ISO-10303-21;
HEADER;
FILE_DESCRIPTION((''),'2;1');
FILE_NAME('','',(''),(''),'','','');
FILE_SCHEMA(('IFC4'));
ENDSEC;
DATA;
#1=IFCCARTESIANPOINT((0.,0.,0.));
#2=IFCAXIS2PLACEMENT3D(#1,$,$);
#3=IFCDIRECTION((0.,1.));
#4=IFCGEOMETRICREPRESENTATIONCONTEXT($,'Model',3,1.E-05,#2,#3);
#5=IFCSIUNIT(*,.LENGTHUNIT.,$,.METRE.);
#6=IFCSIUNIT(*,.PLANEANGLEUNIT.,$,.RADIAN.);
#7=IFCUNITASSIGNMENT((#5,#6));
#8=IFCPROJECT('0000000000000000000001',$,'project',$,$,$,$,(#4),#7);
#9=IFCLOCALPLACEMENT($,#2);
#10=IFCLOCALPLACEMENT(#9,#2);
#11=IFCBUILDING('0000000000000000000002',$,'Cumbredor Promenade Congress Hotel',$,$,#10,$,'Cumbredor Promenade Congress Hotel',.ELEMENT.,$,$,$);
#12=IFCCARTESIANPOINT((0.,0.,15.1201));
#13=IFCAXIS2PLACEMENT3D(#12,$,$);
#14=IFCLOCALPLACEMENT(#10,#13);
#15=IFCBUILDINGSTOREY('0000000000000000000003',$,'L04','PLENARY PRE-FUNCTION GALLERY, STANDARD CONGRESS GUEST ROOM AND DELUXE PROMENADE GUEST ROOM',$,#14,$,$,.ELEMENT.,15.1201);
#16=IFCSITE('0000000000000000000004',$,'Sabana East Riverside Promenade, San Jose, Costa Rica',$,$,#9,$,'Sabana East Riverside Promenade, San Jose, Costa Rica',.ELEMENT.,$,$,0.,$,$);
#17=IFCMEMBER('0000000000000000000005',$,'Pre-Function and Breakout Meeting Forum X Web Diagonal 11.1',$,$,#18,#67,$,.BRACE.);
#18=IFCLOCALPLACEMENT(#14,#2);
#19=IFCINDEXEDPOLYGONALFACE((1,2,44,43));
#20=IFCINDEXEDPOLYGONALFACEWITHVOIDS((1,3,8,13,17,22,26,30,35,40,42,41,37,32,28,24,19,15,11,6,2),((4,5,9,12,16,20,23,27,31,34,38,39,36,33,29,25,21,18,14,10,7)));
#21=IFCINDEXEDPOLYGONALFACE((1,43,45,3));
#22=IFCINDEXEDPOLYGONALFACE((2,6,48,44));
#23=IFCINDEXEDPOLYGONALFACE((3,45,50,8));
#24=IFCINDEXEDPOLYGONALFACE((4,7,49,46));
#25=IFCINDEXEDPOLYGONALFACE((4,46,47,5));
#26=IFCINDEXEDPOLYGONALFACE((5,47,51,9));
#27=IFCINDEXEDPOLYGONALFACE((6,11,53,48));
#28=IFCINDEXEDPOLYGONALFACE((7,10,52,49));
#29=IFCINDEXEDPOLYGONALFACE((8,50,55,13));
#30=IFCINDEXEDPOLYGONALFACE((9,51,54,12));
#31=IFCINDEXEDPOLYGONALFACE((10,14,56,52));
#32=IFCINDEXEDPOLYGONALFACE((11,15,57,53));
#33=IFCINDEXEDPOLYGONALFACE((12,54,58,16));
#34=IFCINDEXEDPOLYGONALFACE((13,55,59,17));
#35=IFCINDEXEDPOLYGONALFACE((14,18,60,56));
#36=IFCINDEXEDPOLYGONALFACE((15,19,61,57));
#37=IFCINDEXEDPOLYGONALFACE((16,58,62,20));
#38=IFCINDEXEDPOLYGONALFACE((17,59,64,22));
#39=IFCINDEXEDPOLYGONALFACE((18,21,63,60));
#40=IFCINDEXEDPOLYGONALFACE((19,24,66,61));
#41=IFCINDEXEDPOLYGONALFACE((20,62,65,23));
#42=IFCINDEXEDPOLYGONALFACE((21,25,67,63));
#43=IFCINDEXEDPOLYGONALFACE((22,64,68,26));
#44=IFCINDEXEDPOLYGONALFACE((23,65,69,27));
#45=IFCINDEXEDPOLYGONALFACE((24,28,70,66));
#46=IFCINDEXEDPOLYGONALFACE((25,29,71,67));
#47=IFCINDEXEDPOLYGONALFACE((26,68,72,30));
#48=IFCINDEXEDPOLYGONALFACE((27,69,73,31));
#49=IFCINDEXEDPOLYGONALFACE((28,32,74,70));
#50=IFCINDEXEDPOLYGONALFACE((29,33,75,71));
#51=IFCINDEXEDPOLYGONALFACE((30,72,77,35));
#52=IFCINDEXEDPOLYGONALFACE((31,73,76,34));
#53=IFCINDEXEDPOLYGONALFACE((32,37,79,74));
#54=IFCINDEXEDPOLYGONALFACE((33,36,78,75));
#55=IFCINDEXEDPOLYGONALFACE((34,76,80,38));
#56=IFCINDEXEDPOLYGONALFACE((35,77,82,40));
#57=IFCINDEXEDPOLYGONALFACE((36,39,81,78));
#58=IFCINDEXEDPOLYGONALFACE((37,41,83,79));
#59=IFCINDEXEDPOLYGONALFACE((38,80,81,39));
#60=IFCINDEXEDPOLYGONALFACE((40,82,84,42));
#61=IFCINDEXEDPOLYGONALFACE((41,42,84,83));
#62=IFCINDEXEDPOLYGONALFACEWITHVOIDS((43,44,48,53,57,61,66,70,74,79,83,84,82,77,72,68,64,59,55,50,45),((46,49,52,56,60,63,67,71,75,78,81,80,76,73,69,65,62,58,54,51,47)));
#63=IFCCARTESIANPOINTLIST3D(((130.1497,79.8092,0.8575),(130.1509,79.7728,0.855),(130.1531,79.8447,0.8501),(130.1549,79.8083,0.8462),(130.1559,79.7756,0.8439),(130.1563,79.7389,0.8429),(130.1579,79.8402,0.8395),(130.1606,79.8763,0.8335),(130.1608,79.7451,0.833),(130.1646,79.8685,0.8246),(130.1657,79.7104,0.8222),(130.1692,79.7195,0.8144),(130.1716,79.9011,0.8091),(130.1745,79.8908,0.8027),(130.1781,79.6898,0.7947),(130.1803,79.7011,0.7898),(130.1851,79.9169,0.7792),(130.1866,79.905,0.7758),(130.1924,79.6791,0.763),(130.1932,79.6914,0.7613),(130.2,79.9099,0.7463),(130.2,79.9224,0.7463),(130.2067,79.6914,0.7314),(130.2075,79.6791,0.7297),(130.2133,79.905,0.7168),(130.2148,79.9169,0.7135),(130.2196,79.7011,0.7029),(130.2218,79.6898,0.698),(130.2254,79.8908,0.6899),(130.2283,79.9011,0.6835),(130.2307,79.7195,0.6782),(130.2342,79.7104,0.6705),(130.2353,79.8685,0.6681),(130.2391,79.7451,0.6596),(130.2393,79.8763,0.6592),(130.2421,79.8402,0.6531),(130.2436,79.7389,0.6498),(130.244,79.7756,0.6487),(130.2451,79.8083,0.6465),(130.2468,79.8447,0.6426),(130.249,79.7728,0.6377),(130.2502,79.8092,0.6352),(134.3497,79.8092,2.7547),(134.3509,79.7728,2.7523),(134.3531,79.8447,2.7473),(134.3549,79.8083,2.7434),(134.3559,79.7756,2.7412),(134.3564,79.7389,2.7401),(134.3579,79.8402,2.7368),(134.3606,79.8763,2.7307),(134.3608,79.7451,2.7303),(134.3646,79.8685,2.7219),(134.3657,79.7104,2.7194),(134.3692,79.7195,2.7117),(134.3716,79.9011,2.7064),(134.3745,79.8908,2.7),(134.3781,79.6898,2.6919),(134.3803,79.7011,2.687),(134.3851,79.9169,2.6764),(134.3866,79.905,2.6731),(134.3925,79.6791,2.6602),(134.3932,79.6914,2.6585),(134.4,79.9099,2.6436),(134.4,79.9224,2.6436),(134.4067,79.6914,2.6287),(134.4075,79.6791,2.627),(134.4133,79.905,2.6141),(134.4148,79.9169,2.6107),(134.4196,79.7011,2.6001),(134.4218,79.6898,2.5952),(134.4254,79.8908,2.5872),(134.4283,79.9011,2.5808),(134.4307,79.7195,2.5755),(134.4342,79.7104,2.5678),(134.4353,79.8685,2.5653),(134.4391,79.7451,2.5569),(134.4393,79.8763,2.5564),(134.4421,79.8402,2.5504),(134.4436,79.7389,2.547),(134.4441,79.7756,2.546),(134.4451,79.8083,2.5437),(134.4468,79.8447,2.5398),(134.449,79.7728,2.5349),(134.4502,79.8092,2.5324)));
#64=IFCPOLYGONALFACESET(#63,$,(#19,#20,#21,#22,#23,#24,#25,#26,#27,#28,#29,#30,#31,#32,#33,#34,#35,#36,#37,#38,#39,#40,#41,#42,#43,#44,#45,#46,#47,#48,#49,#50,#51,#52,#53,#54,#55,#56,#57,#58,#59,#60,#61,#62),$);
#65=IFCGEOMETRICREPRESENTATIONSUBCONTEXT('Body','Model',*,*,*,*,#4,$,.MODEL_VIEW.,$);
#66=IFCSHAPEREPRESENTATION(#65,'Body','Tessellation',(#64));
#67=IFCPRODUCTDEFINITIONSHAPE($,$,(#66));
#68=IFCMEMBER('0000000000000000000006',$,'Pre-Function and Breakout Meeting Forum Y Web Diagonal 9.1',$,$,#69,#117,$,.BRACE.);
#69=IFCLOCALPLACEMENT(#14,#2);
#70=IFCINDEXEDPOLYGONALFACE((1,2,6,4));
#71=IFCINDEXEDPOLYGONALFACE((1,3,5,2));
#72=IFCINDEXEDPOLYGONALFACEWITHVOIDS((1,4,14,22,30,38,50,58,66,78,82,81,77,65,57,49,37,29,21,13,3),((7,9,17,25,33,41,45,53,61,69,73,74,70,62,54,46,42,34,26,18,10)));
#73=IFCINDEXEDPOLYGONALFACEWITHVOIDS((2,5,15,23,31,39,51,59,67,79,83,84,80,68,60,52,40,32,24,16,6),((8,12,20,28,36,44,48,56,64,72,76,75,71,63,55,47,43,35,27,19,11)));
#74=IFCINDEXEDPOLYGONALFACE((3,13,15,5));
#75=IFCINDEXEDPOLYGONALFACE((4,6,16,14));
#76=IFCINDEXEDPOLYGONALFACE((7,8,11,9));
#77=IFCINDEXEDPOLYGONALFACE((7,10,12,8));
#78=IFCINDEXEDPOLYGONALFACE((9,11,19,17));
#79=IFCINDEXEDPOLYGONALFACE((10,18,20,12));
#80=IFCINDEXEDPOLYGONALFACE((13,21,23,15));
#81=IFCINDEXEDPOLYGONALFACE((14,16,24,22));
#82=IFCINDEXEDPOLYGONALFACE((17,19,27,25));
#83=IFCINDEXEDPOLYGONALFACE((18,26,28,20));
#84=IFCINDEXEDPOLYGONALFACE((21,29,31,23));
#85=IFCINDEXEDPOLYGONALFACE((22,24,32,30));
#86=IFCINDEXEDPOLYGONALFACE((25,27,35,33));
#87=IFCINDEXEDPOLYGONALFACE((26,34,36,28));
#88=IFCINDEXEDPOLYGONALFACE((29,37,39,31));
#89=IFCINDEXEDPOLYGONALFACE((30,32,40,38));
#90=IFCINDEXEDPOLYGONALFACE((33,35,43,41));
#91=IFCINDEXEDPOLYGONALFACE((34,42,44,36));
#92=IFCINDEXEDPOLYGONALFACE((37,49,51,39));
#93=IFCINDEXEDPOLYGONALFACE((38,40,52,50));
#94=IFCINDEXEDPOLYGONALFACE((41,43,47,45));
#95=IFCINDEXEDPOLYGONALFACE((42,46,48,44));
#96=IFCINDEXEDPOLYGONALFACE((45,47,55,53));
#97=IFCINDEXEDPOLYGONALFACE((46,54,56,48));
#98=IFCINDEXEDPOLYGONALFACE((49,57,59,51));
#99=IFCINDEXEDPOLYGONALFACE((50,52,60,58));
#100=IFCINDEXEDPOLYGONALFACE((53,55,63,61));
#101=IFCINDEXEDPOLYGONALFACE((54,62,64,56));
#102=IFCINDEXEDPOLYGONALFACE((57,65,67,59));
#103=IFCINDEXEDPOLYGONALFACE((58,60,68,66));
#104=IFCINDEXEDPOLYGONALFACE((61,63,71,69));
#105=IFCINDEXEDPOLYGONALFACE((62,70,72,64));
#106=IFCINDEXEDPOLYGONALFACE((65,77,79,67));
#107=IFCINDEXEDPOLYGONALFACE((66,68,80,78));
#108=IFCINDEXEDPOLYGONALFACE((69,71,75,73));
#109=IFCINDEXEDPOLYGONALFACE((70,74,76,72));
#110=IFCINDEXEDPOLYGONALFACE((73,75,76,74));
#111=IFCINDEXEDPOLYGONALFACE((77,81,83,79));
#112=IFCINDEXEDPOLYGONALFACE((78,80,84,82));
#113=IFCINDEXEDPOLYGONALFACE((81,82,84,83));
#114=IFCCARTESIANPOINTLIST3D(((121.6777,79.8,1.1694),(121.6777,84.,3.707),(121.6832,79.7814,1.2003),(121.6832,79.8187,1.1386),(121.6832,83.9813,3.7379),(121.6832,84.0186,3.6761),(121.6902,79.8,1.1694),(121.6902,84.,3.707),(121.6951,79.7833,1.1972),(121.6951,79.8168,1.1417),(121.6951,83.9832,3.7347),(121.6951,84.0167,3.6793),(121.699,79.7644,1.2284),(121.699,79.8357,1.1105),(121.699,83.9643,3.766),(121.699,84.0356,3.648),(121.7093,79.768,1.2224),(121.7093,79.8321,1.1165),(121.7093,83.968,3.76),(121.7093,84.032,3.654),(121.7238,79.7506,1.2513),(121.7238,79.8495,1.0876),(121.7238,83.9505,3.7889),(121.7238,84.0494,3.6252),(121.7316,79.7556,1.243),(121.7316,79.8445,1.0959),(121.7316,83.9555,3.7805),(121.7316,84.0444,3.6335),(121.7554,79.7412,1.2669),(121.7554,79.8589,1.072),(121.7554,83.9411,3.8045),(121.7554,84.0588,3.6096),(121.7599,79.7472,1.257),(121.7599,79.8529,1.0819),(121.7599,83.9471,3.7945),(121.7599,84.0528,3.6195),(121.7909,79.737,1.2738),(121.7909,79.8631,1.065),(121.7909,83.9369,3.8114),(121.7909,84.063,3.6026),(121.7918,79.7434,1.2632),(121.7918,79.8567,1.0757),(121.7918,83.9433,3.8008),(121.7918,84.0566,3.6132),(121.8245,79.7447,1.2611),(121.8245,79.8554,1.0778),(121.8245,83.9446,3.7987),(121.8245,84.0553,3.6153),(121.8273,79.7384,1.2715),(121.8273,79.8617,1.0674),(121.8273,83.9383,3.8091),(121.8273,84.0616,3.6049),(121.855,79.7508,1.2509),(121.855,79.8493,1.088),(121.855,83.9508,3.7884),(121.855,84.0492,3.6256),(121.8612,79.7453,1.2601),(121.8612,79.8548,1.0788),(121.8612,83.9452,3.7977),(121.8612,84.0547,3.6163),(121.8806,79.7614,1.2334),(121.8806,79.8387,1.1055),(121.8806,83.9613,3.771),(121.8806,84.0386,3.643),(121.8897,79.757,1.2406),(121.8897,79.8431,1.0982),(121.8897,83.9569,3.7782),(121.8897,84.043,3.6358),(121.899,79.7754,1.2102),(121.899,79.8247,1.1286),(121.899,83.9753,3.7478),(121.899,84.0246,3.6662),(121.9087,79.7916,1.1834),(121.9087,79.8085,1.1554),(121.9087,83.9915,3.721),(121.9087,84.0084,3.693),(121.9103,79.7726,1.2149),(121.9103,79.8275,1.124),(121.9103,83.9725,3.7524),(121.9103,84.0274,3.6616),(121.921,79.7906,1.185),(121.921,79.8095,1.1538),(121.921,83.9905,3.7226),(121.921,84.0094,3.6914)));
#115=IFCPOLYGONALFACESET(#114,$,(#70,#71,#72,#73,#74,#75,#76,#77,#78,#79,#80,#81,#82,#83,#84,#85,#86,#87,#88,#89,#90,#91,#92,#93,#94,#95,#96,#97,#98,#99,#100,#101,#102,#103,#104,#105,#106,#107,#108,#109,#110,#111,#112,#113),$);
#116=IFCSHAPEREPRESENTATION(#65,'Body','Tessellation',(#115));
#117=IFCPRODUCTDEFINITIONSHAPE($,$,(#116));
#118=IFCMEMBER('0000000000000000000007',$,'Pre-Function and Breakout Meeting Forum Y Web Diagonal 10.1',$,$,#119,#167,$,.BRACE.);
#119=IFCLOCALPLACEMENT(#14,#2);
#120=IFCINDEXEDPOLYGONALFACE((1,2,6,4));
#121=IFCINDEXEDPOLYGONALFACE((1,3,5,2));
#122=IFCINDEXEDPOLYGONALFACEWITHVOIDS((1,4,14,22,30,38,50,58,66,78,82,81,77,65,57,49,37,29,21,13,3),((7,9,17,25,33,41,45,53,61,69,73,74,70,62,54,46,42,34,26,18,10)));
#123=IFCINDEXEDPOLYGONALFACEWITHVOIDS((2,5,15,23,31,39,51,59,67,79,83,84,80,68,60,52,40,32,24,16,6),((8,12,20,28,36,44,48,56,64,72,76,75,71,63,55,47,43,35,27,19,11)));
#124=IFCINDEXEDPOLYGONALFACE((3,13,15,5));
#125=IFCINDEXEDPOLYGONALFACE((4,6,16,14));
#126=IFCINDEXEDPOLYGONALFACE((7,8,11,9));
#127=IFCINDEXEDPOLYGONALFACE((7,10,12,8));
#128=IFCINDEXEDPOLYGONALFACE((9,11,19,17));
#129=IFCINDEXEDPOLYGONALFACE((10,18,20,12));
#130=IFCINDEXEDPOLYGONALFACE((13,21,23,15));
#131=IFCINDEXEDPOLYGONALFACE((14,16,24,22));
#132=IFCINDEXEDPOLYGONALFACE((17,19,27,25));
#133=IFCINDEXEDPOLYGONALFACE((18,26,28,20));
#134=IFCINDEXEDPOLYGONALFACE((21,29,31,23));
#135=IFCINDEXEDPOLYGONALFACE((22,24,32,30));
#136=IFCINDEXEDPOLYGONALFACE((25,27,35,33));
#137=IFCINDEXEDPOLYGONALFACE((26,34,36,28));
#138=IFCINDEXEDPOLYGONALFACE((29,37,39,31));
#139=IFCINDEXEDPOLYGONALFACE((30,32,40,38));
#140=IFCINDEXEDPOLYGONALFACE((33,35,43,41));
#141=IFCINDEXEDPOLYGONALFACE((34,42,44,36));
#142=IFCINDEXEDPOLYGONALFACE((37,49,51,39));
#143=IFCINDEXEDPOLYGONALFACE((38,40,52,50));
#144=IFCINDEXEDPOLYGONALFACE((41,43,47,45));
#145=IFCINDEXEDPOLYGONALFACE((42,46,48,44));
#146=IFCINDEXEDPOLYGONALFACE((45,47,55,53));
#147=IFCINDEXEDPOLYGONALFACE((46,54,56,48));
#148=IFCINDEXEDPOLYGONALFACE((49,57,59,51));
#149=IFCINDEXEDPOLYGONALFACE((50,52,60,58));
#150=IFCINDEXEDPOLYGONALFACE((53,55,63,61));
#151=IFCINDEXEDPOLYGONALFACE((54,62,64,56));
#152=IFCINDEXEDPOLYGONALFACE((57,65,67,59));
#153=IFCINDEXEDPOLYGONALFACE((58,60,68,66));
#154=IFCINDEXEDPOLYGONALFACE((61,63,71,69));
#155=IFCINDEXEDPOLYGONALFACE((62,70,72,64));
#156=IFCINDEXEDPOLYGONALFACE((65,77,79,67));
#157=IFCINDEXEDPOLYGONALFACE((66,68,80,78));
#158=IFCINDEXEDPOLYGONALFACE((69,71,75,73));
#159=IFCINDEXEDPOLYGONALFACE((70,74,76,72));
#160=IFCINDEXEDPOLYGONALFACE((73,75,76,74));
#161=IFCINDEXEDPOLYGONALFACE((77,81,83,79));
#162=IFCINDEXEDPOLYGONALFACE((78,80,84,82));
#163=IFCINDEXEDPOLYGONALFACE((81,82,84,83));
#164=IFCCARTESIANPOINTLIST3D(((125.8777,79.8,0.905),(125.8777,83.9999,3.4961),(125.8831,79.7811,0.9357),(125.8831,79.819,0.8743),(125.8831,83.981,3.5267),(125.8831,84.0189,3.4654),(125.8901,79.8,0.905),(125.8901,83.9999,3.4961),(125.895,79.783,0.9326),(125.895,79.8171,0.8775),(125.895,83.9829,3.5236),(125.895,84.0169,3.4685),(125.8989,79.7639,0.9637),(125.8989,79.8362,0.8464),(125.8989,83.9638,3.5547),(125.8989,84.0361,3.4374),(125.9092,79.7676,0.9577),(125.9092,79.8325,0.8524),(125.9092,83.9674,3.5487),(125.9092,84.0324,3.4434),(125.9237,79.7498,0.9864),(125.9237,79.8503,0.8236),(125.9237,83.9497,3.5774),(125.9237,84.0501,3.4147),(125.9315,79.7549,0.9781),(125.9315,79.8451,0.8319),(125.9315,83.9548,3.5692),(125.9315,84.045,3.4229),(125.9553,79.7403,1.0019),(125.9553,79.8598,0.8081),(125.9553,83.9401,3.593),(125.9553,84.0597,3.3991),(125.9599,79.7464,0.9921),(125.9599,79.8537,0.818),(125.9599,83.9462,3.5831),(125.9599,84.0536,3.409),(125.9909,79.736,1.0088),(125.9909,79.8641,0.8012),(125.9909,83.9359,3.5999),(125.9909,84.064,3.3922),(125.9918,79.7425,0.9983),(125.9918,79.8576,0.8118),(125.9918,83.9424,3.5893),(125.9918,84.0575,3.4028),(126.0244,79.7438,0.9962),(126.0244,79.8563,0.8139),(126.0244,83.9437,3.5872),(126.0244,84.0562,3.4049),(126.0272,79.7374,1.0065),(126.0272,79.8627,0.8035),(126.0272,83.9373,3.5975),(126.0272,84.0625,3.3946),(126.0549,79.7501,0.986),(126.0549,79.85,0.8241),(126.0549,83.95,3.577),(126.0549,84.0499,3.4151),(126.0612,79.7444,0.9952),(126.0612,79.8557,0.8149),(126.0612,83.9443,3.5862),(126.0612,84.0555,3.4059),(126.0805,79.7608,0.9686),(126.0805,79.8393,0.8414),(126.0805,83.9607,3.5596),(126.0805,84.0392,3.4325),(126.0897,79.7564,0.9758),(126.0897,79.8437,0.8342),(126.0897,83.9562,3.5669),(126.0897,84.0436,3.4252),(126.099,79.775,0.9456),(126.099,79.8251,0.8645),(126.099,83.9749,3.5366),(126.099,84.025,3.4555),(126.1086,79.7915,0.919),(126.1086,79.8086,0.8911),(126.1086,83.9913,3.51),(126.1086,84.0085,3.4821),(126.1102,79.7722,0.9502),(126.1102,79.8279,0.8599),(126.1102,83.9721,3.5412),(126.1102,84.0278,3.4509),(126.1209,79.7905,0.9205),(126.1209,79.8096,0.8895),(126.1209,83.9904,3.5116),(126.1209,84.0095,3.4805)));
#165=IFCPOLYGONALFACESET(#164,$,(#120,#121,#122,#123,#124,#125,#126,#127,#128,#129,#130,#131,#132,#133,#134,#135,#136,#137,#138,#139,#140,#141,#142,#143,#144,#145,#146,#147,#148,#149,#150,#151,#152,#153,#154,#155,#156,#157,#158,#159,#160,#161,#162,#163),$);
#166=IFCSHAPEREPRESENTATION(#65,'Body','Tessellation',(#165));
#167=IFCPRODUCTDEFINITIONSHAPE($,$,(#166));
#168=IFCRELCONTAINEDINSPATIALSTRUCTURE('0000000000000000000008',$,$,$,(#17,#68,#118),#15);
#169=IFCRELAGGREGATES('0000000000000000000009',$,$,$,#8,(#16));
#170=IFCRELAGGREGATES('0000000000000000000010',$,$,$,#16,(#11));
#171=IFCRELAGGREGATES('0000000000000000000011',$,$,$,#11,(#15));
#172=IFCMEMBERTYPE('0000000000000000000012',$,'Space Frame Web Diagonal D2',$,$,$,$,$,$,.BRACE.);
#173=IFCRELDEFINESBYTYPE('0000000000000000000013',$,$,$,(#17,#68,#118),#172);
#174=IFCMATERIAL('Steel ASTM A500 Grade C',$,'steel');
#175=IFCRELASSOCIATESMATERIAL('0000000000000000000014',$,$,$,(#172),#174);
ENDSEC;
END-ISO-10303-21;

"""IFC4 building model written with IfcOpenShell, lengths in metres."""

from ifc_helpers import new_model, si_unit, direction, frame, origin, origin_2d, place, context, subcontext, project, spatial, hollow_circle, extrude, material, material_profile, profile_set, type_object, element, save


model = new_model("IFC4")

# Units and contexts
model_context = context("Model", 3, precision=1e-05, world=origin(), true_north=direction((0.0, 1.0)))
body_context = subcontext(model_context, "Body", "Model", "MODEL_VIEW")
ifc_project = project(units=[si_unit("LENGTHUNIT", "METRE"), si_unit("PLANEANGLEUNIT", "RADIAN")], contexts=[model_context])

# Site, building, storey
site_placement = place(None, origin())
site = spatial("IfcSite", under=ifc_project, at=site_placement, Name="Sabana East Riverside Promenade, San Jose, Costa Rica", LongName="Sabana East Riverside Promenade, San Jose, Costa Rica", CompositionType="ELEMENT", RefElevation=0.0)
building_placement = place(site_placement, origin())
building = spatial("IfcBuilding", under=site, at=building_placement, Name="Cumbredor Promenade Congress Hotel", LongName="Cumbredor Promenade Congress Hotel", CompositionType="ELEMENT")
storey_placement = place(building_placement, frame((0.0, 0.0, 15.1201)))
storey = spatial("IfcBuildingStorey", under=building, at=storey_placement, Name="L04", Description="PLENARY PRE-FUNCTION GALLERY, STANDARD CONGRESS GUEST ROOM AND DELUXE PROMENADE GUEST ROOM", CompositionType="ELEMENT", Elevation=15.1201)

# Members
ifc_material_1 = material(Name="Steel ASTM A500 Grade C", Category="steel")
ifc_material_profile_1 = material_profile(ifc_material_1, hollow_circle(Radius=0.1223, WallThickness=0.0125, at=origin_2d()), Name="CHS 244.5x12.5")
ifc_profile_set_1 = profile_set([ifc_material_profile_1], Name="Steel ASTM A500 Grade C")
member_type_1 = type_object("IfcMemberType", Name="Space Frame Web Diagonal D2", PredefinedType="BRACE", material=ifc_profile_set_1)
member_1_placement = place(storey_placement, frame((130.2, 79.8, 0.7463), z_axis=(0.911333, 0.0, 0.41167), x_axis=(0.0, 1.0, 0.0)))
element("IfcMember", 1, at=member_1_placement, inside=storey, type_object=member_type_1, Name="Pre-Function and Breakout Meeting Forum X Web Diagonal 11.1", PredefinedType="BRACE", context=body_context, shape_type="SweptSolid", body=[
    extrude(hollow_circle(Radius=0.1223, WallThickness=0.0125, at=origin_2d()), origin(), (0.0, 0.0, 1.0), 4.6086),
])
member_2_placement = place(storey_placement, frame((121.8, 79.8, 1.1694), z_axis=(0.0, 0.855904, 0.517135), x_axis=(-1.0, 0.0, 0.0)))
element("IfcMember", 2, at=member_2_placement, inside=storey, type_object=member_type_1, Name="Pre-Function and Breakout Meeting Forum Y Web Diagonal 9.1", PredefinedType="BRACE", context=body_context, shape_type="SweptSolid", body=[
    extrude(hollow_circle(Radius=0.1223, WallThickness=0.0125, at=origin_2d()), origin(), (0.0, 0.0, 1.0), 4.907),
])
member_3_placement = place(storey_placement, frame((126.0, 79.8, 0.905), z_axis=(0.0, 0.851072, 0.525049), x_axis=(-1.0, 0.0, 0.0)))
element("IfcMember", 3, at=member_3_placement, inside=storey, type_object=member_type_1, Name="Pre-Function and Breakout Meeting Forum Y Web Diagonal 10.1", PredefinedType="BRACE", context=body_context, shape_type="SweptSolid", body=[
    extrude(hollow_circle(Radius=0.1223, WallThickness=0.0125, at=origin_2d()), origin(), (0.0, 0.0, 1.0), 4.9348),
])

save(model, "model.ifc")
